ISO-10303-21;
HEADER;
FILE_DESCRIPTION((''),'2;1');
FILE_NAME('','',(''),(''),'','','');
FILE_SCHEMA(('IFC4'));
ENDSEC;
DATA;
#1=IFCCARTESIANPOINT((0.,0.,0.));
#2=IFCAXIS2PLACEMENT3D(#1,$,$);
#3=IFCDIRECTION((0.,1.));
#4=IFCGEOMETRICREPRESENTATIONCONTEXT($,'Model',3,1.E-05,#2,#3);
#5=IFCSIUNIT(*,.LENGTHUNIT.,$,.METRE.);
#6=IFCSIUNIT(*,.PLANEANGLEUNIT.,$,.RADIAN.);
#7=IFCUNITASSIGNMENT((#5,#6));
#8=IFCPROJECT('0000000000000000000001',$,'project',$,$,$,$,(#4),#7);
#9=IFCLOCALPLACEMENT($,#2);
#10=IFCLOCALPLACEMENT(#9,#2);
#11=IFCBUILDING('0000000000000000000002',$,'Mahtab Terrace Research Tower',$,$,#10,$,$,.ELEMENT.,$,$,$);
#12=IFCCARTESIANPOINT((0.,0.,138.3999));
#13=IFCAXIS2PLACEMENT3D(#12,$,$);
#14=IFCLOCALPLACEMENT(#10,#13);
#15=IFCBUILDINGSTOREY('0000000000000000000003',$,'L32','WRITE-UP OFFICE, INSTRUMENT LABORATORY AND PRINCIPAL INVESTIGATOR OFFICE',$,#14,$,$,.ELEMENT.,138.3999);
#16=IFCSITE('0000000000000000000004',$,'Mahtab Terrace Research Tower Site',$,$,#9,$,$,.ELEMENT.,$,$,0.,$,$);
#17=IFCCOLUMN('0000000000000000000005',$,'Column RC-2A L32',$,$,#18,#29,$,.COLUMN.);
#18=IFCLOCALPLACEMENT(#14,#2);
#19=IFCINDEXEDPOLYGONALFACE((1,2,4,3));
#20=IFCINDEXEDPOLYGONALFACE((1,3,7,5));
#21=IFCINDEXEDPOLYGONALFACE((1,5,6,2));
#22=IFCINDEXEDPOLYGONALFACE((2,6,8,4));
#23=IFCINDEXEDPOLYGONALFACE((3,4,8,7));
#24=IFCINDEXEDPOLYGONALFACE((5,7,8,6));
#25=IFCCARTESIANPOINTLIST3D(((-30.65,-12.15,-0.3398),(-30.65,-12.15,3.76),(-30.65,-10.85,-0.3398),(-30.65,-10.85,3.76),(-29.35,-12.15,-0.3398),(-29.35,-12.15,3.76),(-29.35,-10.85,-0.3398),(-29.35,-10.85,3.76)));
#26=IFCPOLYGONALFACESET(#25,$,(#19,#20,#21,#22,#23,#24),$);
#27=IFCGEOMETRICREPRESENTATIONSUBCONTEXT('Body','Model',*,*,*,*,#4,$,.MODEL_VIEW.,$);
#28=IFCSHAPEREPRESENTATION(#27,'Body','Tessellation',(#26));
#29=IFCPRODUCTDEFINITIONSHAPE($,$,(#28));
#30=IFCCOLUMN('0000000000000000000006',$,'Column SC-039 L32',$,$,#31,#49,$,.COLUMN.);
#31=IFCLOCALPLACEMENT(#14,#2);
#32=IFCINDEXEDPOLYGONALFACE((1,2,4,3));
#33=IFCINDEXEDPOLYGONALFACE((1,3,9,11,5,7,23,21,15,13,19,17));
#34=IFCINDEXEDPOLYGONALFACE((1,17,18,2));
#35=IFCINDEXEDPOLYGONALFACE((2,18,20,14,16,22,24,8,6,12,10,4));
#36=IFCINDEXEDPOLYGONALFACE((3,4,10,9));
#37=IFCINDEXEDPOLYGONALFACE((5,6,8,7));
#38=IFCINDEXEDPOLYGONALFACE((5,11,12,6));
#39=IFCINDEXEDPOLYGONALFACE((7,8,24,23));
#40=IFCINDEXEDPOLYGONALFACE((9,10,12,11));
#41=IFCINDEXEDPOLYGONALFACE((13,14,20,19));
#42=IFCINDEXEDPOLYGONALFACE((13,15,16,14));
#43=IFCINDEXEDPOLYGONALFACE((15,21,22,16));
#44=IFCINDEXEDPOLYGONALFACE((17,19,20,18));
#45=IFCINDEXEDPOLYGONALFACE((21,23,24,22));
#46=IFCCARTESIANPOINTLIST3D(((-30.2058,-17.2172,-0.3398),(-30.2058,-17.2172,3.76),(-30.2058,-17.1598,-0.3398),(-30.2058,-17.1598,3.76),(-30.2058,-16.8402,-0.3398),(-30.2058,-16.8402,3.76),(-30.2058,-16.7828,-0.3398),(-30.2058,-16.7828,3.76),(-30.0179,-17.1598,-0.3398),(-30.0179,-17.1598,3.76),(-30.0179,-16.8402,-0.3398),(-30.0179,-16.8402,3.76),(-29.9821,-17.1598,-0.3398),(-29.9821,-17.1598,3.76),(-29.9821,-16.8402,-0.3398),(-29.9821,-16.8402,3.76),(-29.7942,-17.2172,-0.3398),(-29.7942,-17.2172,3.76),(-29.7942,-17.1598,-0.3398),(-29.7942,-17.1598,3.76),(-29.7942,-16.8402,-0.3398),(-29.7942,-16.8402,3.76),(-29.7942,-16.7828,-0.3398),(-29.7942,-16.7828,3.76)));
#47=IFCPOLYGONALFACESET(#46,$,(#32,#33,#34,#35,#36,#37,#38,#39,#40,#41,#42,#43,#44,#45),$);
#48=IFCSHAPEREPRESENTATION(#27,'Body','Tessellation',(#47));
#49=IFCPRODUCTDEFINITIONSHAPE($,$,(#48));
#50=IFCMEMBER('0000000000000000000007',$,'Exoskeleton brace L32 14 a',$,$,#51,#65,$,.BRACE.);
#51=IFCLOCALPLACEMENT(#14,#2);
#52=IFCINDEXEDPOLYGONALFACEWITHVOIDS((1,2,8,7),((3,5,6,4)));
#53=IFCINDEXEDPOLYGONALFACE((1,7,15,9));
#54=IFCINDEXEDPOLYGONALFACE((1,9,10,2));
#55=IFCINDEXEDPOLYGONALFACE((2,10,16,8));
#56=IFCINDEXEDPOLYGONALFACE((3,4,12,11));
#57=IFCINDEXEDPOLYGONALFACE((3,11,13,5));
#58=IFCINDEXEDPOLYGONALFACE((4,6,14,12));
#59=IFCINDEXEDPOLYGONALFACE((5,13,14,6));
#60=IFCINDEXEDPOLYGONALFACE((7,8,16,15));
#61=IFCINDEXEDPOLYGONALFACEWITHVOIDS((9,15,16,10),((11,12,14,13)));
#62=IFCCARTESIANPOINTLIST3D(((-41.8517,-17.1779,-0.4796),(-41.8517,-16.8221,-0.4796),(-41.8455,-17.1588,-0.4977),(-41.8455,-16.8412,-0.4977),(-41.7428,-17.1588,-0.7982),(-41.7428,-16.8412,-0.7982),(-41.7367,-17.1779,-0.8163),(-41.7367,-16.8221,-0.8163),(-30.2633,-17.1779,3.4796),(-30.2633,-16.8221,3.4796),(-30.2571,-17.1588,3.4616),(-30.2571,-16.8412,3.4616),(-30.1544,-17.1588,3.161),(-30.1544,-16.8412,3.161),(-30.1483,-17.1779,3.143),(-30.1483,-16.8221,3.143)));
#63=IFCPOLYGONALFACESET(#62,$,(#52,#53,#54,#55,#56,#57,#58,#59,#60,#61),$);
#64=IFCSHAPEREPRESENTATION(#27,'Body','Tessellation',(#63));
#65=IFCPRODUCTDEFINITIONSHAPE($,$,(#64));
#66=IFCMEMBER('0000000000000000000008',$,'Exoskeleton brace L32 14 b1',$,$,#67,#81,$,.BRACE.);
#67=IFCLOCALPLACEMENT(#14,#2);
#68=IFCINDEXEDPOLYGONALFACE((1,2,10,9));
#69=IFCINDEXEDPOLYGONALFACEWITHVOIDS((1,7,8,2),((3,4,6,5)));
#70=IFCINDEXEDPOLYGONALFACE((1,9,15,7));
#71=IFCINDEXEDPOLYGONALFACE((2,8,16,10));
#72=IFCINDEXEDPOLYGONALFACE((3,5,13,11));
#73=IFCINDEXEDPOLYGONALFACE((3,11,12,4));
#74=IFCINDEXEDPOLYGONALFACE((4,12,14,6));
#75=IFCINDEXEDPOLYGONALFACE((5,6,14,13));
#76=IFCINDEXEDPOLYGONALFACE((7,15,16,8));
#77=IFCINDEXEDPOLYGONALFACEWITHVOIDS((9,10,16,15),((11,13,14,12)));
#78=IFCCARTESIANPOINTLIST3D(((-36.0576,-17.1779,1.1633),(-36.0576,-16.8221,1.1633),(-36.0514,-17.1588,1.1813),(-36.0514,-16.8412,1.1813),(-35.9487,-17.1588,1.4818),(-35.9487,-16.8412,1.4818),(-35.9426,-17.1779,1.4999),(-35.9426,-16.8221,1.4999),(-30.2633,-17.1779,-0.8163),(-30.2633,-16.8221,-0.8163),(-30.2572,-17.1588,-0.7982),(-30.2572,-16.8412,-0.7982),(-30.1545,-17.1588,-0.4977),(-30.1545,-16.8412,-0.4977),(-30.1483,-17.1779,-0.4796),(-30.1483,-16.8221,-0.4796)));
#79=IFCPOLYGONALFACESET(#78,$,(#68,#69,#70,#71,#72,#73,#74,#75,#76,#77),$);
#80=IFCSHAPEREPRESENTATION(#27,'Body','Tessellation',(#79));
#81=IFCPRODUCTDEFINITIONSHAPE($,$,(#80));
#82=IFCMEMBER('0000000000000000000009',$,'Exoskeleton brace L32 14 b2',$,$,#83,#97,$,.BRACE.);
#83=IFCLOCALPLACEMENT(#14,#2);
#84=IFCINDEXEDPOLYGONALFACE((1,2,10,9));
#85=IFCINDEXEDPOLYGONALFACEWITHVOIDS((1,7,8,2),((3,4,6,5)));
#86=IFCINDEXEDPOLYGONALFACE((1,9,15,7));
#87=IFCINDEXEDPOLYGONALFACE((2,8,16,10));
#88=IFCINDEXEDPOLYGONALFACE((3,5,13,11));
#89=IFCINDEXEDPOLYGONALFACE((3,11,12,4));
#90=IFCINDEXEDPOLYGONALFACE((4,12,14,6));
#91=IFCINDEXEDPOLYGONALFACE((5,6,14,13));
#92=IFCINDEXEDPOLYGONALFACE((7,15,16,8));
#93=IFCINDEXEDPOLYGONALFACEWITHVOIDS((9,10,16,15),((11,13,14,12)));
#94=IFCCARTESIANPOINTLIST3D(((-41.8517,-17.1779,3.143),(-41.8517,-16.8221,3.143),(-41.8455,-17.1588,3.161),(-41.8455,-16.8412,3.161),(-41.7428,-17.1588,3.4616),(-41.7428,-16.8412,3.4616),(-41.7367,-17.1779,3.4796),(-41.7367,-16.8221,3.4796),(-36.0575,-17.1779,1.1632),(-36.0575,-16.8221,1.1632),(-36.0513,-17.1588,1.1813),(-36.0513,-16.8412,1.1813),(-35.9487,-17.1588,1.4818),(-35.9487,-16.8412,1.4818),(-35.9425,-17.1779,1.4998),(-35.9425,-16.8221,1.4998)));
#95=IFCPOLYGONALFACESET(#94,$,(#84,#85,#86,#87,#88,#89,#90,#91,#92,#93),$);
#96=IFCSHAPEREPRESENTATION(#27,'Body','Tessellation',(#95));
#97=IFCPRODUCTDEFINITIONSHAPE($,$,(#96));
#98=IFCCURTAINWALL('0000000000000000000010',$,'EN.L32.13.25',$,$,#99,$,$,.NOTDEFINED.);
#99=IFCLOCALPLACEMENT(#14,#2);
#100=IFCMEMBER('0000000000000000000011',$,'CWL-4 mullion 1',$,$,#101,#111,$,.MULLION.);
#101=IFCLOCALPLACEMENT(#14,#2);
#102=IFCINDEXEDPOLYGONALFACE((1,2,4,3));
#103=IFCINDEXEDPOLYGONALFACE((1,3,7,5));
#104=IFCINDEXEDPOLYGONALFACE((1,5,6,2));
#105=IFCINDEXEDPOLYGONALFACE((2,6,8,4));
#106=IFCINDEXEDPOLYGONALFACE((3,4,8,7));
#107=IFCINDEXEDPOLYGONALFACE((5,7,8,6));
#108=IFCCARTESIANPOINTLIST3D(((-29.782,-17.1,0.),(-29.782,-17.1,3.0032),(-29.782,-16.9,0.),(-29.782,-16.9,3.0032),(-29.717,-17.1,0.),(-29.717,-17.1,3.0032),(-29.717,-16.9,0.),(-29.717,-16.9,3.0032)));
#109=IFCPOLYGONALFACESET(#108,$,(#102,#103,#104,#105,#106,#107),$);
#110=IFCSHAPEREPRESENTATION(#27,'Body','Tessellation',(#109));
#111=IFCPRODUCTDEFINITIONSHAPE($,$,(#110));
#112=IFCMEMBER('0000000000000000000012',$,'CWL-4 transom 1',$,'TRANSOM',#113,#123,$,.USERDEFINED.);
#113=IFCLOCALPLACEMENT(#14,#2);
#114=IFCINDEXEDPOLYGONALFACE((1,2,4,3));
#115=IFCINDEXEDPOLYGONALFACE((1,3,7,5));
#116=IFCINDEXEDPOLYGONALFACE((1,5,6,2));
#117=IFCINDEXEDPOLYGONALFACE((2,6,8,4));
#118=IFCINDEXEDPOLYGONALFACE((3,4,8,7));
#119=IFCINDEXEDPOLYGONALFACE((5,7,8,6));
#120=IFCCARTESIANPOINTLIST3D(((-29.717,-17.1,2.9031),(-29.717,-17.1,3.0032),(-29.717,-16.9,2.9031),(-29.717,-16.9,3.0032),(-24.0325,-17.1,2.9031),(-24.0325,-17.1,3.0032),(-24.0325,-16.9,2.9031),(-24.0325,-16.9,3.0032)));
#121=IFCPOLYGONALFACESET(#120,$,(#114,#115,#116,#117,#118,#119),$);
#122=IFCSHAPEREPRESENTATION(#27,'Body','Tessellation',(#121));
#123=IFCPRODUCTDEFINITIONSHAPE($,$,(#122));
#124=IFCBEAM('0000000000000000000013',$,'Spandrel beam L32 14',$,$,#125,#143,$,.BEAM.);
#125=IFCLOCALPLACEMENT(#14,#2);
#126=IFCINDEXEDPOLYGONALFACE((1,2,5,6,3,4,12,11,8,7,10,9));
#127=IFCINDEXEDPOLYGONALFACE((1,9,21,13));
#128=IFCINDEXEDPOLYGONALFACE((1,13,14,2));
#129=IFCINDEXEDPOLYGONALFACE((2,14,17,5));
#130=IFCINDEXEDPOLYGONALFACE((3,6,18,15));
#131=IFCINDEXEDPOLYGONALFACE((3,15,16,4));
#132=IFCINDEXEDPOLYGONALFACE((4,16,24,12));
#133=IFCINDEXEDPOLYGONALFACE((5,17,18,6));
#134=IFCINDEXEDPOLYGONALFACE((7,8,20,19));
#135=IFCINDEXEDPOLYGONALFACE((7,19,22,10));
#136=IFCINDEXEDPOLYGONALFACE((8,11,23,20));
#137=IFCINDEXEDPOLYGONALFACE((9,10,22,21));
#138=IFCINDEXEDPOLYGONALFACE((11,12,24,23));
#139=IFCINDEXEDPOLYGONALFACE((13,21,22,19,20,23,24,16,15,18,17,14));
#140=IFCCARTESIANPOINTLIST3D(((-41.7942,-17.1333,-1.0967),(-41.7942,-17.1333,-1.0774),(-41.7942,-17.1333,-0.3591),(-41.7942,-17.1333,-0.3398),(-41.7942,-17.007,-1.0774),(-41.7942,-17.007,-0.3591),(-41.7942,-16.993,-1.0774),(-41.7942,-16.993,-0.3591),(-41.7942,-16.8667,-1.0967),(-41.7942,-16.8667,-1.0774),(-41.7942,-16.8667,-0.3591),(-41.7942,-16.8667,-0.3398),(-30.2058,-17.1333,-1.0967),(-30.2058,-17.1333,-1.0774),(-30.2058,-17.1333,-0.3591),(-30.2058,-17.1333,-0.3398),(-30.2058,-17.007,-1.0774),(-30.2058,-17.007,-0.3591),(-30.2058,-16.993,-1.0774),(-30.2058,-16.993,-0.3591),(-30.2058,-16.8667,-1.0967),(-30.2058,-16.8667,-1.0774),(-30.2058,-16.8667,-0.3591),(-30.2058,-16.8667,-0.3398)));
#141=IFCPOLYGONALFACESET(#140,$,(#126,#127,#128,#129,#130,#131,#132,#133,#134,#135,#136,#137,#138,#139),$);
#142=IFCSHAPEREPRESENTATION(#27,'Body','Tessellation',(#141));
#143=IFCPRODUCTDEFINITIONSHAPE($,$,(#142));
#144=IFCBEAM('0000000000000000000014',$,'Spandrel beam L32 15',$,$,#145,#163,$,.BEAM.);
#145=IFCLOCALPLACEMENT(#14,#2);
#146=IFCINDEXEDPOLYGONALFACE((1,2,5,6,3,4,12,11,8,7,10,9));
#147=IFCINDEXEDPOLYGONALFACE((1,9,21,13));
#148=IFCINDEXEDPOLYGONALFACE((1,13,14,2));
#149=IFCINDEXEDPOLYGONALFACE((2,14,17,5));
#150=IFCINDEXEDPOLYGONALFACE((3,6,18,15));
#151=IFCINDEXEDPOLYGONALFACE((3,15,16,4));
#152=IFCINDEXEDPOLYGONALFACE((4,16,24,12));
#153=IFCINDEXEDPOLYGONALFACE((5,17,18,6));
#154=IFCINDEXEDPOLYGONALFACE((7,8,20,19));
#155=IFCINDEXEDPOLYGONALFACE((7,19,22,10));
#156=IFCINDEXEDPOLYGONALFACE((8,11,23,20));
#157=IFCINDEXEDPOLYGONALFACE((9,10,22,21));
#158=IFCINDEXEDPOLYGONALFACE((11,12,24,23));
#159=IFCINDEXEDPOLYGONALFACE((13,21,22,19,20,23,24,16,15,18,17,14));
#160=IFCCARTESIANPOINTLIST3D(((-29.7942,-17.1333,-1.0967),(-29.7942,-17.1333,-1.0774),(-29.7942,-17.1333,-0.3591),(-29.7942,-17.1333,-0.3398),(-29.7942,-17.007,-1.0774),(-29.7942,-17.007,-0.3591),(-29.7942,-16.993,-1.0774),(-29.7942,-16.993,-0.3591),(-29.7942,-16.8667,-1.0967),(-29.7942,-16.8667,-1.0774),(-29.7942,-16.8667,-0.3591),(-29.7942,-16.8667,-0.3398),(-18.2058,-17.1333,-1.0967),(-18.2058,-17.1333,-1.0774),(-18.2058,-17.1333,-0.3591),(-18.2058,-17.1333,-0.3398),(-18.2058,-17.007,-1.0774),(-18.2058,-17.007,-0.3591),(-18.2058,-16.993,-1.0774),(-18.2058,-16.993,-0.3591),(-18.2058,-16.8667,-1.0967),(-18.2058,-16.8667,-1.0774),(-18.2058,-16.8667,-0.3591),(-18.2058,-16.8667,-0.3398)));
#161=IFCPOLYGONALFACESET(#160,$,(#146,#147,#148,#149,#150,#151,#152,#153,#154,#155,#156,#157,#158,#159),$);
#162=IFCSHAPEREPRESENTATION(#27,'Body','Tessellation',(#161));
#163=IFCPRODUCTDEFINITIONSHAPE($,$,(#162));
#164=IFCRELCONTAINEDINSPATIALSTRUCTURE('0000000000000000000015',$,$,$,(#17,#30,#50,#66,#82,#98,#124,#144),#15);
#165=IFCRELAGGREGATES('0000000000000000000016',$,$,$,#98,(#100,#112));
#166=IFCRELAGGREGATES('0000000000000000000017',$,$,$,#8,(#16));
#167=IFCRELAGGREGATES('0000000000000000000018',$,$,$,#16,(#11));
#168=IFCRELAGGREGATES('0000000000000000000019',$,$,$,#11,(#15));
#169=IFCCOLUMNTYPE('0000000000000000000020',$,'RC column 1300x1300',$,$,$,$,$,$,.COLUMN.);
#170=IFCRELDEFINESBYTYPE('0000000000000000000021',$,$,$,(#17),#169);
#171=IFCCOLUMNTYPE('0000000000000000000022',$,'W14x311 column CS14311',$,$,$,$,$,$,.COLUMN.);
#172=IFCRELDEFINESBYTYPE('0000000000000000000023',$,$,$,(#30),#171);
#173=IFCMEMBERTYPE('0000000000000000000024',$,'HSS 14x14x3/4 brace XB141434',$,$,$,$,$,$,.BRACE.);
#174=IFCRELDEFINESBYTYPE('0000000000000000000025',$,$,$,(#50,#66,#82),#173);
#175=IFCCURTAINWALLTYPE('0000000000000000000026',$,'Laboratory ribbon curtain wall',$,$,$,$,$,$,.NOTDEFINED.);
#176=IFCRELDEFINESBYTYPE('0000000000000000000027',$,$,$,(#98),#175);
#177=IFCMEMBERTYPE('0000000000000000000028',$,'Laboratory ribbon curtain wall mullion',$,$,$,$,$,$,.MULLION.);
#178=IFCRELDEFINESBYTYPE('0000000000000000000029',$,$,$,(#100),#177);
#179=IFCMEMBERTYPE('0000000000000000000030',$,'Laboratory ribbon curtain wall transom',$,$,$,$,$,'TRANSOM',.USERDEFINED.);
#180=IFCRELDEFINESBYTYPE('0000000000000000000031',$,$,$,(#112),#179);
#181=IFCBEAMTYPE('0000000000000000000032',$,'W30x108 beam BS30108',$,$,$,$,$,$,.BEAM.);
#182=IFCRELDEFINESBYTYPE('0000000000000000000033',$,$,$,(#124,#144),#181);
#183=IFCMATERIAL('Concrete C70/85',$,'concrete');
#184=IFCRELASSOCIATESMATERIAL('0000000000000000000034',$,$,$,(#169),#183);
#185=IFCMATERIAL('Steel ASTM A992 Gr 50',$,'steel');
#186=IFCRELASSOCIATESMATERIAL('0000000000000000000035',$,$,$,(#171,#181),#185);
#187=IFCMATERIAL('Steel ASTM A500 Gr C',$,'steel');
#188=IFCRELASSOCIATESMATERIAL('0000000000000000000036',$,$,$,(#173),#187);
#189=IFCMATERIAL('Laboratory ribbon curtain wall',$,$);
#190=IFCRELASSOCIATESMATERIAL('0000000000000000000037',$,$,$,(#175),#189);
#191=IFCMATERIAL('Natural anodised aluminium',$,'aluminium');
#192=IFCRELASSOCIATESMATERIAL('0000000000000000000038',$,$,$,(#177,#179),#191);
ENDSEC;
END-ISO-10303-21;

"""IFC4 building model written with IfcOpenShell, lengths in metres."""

from ifc_helpers import new_model, si_unit, direction, frame, origin, origin_2d, place, context, subcontext, project, spatial, rectangle, hollow_rectangle, i_section, extrude, material, material_profile, profile_set, type_object, element, aggregate, save


model = new_model("IFC4")

# Units and contexts
model_context = context("Model", 3, precision=1e-05, world=origin(), true_north=direction((0.0, 1.0)))
body_context = subcontext(model_context, "Body", "Model", "MODEL_VIEW")
ifc_project = project(units=[si_unit("LENGTHUNIT", "METRE"), si_unit("PLANEANGLEUNIT", "RADIAN")], contexts=[model_context])

# Site, building, storey
site_placement = place(None, origin())
site = spatial("IfcSite", under=ifc_project, at=site_placement, Name="Mahtab Terrace Research Tower Site", CompositionType="ELEMENT", RefElevation=0.0)
building_placement = place(site_placement, origin())
building = spatial("IfcBuilding", under=site, at=building_placement, Name="Mahtab Terrace Research Tower", CompositionType="ELEMENT")
storey_placement = place(building_placement, frame((0.0, 0.0, 138.3999)))
storey = spatial("IfcBuildingStorey", under=building, at=storey_placement, Name="L32", Description="WRITE-UP OFFICE, INSTRUMENT LABORATORY AND PRINCIPAL INVESTIGATOR OFFICE", CompositionType="ELEMENT", Elevation=138.3999)

# Columns
ifc_material_1 = material(Name="Concrete C70/85", Category="concrete")
ifc_material_profile_1 = material_profile(ifc_material_1, rectangle(XDim=1.3, YDim=1.3, at=origin_2d()), Name="RC column 1300x1300")
ifc_profile_set_1 = profile_set([ifc_material_profile_1], Name="Concrete C70/85")
column_type_1 = type_object("IfcColumnType", Name="RC column 1300x1300", PredefinedType="COLUMN", material=ifc_profile_set_1)
column_1_placement = place(storey_placement, frame((-30.0, -11.5, -0.3398), z_axis=(0.0, 0.0, 1.0), x_axis=(1.0, 0.0, 0.0)))
element("IfcColumn", 1, at=column_1_placement, inside=storey, type_object=column_type_1, Name="Column RC-2A L32", PredefinedType="COLUMN", context=body_context, shape_type="SweptSolid", body=[
    extrude(rectangle(XDim=1.3, YDim=1.3, at=origin_2d()), origin(), (0.0, 0.0, 1.0), 4.0999),
])
ifc_material_2 = material(Name="Steel ASTM A992 Gr 50", Category="steel")
ifc_material_profile_2 = material_profile(ifc_material_2, i_section(OverallWidth=0.4116, OverallDepth=0.4343, WebThickness=0.0359, FlangeThickness=0.0574, at=origin_2d()), Name="W14X311")
ifc_profile_set_2 = profile_set([ifc_material_profile_2], Name="Steel ASTM A992 Gr 50")
column_type_2 = type_object("IfcColumnType", Name="W14x311 column CS14311", PredefinedType="COLUMN", material=ifc_profile_set_2)
column_2_placement = place(storey_placement, frame((-30.0, -17.0, -0.3398), z_axis=(0.0, 0.0, 1.0), x_axis=(1.0, 0.0, 0.0)))
element("IfcColumn", 2, at=column_2_placement, inside=storey, type_object=column_type_2, Name="Column SC-039 L32", PredefinedType="COLUMN", context=body_context, shape_type="SweptSolid", body=[
    extrude(i_section(OverallWidth=0.4116, OverallDepth=0.4343, WebThickness=0.0359, FlangeThickness=0.0574, at=origin_2d()), origin(), (0.0, 0.0, 1.0), 4.0999),
])

# Members
ifc_material_3 = material(Name="Steel ASTM A500 Gr C", Category="steel")
ifc_material_profile_3 = material_profile(ifc_material_3, hollow_rectangle(XDim=0.3557, YDim=0.3557, WallThickness=0.019, at=origin_2d()), Name="HSS14X14X3/4")
ifc_profile_set_3 = profile_set([ifc_material_profile_3], Name="Steel ASTM A500 Gr C")
member_type_1 = type_object("IfcMemberType", Name="HSS 14x14x3/4 brace XB141434", PredefinedType="BRACE", material=ifc_profile_set_3)
member_1_placement = place(storey_placement, frame((-41.7942, -17.0, -0.6479), z_axis=(0.946294, 0.0, 0.323306), x_axis=(0.0, 1.0, 0.0)))
element("IfcMember", 3, at=member_1_placement, inside=storey, type_object=member_type_1, Name="Exoskeleton brace L32 14 a", PredefinedType="BRACE", context=body_context, shape_type="SweptSolid", body=[
    extrude(hollow_rectangle(XDim=0.3557, YDim=0.3557, WallThickness=0.019, at=origin_2d()), origin(), (0.0, 0.0, 1.0), 12.2461),
])
for number, where, z_axis, x_axis, name in (
    (4, (-30.2058, -17.0, -0.6479), (-0.9463, 0.0, 0.323288), (0.0, -1.0, 0.0), "Exoskeleton brace L32 14 b1"),
    (5, (-36.0, -17.0, 1.3315), (-0.946288, 0.0, 0.323324), (0.0, -1.0, 0.0), "Exoskeleton brace L32 14 b2"),
):
    element("IfcMember", number, at=place(storey_placement, frame(where, z_axis=z_axis, x_axis=x_axis)), inside=storey, type_object=member_type_1, Name=name, PredefinedType="BRACE", context=body_context, shape_type="SweptSolid", body=[
        extrude(hollow_rectangle(XDim=0.3557, YDim=0.3557, WallThickness=0.019, at=origin_2d()), origin(), (0.0, 0.0, 1.0), 6.123),
    ])

# Curtain wall, members
ifc_material_4 = material(Name="Laboratory ribbon curtain wall")
curtain_wall_type = type_object("IfcCurtainWallType", Name="Laboratory ribbon curtain wall", PredefinedType="NOTDEFINED", material=ifc_material_4)
curtain_wall_placement = place(storey_placement, origin())
curtain_wall = element("IfcCurtainWall", 6, at=curtain_wall_placement, inside=storey, type_object=curtain_wall_type, Name="EN.L32.13.25", PredefinedType="NOTDEFINED")
ifc_material_5 = material(Name="Natural anodised aluminium", Category="aluminium")
ifc_material_profile_4 = material_profile(ifc_material_5, rectangle(XDim=0.2, YDim=0.0649, at=origin_2d()), Name="MULLION 65x200")
ifc_profile_set_4 = profile_set([ifc_material_profile_4], Name="Natural anodised aluminium")
member_type_2 = type_object("IfcMemberType", Name="Laboratory ribbon curtain wall mullion", PredefinedType="MULLION", material=ifc_profile_set_4)
member_2_placement = place(storey_placement, frame((-29.7495, -17.0, 0.0), z_axis=(0.0, 0.0, 1.0), x_axis=(0.0, 1.0, 0.0)))
member_2 = element("IfcMember", 7, at=member_2_placement, type_object=member_type_2, Name="CWL-4 mullion 1", PredefinedType="MULLION", context=body_context, shape_type="SweptSolid", body=[
    extrude(rectangle(XDim=0.2, YDim=0.0649, at=origin_2d()), origin(), (0.0, 0.0, 1.0), 3.0032),
])
ifc_material_profile_5 = material_profile(ifc_material_5, rectangle(XDim=0.2, YDim=0.1001, at=origin_2d()), Name="TRANSOM 100x200")
ifc_profile_set_5 = profile_set([ifc_material_profile_5], Name="Natural anodised aluminium")
member_type_3 = type_object("IfcMemberType", Name="Laboratory ribbon curtain wall transom", ElementType="TRANSOM", PredefinedType="USERDEFINED", material=ifc_profile_set_5)
member_3_placement = place(storey_placement, frame((-29.717, -17.0, 2.9531), z_axis=(1.0, 0.0, 0.0), x_axis=(0.0, 1.0, 0.0)))
member_3 = element("IfcMember", 8, at=member_3_placement, type_object=member_type_3, Name="CWL-4 transom 1", ObjectType="TRANSOM", PredefinedType="USERDEFINED", context=body_context, shape_type="SweptSolid", body=[
    extrude(rectangle(XDim=0.2, YDim=0.1001, at=origin_2d()), origin(), (0.0, 0.0, 1.0), 5.6846),
])
aggregate(curtain_wall, [member_2, member_3])

# Beams
ifc_material_profile_6 = material_profile(ifc_material_2, i_section(OverallWidth=0.2666, OverallDepth=0.7568, WebThickness=0.0139, FlangeThickness=0.0193, at=origin_2d()), Name="W30X108")
ifc_profile_set_6 = profile_set([ifc_material_profile_6], Name="Steel ASTM A992 Gr 50")
beam_type = type_object("IfcBeamType", Name="W30x108 beam BS30108", PredefinedType="BEAM", material=ifc_profile_set_6)
for number, where, z_axis, x_axis, name in (
    (9, (-41.7942, -17.0, -0.7183), (1.0, 0.0, 0.0), (0.0, 1.0, 0.0), "Spandrel beam L32 14"),
    (10, (-29.7942, -17.0, -0.7183), (1.0, 0.0, 0.0), (0.0, 1.0, 0.0), "Spandrel beam L32 15"),
):
    element("IfcBeam", number, at=place(storey_placement, frame(where, z_axis=z_axis, x_axis=x_axis)), inside=storey, type_object=beam_type, Name=name, PredefinedType="BEAM", context=body_context, shape_type="SweptSolid", body=[
        extrude(i_section(OverallWidth=0.2666, OverallDepth=0.7568, WebThickness=0.0139, FlangeThickness=0.0193, at=origin_2d()), origin(), (0.0, 0.0, 1.0), 11.5884),
    ])

save(model, "model.ifc")
